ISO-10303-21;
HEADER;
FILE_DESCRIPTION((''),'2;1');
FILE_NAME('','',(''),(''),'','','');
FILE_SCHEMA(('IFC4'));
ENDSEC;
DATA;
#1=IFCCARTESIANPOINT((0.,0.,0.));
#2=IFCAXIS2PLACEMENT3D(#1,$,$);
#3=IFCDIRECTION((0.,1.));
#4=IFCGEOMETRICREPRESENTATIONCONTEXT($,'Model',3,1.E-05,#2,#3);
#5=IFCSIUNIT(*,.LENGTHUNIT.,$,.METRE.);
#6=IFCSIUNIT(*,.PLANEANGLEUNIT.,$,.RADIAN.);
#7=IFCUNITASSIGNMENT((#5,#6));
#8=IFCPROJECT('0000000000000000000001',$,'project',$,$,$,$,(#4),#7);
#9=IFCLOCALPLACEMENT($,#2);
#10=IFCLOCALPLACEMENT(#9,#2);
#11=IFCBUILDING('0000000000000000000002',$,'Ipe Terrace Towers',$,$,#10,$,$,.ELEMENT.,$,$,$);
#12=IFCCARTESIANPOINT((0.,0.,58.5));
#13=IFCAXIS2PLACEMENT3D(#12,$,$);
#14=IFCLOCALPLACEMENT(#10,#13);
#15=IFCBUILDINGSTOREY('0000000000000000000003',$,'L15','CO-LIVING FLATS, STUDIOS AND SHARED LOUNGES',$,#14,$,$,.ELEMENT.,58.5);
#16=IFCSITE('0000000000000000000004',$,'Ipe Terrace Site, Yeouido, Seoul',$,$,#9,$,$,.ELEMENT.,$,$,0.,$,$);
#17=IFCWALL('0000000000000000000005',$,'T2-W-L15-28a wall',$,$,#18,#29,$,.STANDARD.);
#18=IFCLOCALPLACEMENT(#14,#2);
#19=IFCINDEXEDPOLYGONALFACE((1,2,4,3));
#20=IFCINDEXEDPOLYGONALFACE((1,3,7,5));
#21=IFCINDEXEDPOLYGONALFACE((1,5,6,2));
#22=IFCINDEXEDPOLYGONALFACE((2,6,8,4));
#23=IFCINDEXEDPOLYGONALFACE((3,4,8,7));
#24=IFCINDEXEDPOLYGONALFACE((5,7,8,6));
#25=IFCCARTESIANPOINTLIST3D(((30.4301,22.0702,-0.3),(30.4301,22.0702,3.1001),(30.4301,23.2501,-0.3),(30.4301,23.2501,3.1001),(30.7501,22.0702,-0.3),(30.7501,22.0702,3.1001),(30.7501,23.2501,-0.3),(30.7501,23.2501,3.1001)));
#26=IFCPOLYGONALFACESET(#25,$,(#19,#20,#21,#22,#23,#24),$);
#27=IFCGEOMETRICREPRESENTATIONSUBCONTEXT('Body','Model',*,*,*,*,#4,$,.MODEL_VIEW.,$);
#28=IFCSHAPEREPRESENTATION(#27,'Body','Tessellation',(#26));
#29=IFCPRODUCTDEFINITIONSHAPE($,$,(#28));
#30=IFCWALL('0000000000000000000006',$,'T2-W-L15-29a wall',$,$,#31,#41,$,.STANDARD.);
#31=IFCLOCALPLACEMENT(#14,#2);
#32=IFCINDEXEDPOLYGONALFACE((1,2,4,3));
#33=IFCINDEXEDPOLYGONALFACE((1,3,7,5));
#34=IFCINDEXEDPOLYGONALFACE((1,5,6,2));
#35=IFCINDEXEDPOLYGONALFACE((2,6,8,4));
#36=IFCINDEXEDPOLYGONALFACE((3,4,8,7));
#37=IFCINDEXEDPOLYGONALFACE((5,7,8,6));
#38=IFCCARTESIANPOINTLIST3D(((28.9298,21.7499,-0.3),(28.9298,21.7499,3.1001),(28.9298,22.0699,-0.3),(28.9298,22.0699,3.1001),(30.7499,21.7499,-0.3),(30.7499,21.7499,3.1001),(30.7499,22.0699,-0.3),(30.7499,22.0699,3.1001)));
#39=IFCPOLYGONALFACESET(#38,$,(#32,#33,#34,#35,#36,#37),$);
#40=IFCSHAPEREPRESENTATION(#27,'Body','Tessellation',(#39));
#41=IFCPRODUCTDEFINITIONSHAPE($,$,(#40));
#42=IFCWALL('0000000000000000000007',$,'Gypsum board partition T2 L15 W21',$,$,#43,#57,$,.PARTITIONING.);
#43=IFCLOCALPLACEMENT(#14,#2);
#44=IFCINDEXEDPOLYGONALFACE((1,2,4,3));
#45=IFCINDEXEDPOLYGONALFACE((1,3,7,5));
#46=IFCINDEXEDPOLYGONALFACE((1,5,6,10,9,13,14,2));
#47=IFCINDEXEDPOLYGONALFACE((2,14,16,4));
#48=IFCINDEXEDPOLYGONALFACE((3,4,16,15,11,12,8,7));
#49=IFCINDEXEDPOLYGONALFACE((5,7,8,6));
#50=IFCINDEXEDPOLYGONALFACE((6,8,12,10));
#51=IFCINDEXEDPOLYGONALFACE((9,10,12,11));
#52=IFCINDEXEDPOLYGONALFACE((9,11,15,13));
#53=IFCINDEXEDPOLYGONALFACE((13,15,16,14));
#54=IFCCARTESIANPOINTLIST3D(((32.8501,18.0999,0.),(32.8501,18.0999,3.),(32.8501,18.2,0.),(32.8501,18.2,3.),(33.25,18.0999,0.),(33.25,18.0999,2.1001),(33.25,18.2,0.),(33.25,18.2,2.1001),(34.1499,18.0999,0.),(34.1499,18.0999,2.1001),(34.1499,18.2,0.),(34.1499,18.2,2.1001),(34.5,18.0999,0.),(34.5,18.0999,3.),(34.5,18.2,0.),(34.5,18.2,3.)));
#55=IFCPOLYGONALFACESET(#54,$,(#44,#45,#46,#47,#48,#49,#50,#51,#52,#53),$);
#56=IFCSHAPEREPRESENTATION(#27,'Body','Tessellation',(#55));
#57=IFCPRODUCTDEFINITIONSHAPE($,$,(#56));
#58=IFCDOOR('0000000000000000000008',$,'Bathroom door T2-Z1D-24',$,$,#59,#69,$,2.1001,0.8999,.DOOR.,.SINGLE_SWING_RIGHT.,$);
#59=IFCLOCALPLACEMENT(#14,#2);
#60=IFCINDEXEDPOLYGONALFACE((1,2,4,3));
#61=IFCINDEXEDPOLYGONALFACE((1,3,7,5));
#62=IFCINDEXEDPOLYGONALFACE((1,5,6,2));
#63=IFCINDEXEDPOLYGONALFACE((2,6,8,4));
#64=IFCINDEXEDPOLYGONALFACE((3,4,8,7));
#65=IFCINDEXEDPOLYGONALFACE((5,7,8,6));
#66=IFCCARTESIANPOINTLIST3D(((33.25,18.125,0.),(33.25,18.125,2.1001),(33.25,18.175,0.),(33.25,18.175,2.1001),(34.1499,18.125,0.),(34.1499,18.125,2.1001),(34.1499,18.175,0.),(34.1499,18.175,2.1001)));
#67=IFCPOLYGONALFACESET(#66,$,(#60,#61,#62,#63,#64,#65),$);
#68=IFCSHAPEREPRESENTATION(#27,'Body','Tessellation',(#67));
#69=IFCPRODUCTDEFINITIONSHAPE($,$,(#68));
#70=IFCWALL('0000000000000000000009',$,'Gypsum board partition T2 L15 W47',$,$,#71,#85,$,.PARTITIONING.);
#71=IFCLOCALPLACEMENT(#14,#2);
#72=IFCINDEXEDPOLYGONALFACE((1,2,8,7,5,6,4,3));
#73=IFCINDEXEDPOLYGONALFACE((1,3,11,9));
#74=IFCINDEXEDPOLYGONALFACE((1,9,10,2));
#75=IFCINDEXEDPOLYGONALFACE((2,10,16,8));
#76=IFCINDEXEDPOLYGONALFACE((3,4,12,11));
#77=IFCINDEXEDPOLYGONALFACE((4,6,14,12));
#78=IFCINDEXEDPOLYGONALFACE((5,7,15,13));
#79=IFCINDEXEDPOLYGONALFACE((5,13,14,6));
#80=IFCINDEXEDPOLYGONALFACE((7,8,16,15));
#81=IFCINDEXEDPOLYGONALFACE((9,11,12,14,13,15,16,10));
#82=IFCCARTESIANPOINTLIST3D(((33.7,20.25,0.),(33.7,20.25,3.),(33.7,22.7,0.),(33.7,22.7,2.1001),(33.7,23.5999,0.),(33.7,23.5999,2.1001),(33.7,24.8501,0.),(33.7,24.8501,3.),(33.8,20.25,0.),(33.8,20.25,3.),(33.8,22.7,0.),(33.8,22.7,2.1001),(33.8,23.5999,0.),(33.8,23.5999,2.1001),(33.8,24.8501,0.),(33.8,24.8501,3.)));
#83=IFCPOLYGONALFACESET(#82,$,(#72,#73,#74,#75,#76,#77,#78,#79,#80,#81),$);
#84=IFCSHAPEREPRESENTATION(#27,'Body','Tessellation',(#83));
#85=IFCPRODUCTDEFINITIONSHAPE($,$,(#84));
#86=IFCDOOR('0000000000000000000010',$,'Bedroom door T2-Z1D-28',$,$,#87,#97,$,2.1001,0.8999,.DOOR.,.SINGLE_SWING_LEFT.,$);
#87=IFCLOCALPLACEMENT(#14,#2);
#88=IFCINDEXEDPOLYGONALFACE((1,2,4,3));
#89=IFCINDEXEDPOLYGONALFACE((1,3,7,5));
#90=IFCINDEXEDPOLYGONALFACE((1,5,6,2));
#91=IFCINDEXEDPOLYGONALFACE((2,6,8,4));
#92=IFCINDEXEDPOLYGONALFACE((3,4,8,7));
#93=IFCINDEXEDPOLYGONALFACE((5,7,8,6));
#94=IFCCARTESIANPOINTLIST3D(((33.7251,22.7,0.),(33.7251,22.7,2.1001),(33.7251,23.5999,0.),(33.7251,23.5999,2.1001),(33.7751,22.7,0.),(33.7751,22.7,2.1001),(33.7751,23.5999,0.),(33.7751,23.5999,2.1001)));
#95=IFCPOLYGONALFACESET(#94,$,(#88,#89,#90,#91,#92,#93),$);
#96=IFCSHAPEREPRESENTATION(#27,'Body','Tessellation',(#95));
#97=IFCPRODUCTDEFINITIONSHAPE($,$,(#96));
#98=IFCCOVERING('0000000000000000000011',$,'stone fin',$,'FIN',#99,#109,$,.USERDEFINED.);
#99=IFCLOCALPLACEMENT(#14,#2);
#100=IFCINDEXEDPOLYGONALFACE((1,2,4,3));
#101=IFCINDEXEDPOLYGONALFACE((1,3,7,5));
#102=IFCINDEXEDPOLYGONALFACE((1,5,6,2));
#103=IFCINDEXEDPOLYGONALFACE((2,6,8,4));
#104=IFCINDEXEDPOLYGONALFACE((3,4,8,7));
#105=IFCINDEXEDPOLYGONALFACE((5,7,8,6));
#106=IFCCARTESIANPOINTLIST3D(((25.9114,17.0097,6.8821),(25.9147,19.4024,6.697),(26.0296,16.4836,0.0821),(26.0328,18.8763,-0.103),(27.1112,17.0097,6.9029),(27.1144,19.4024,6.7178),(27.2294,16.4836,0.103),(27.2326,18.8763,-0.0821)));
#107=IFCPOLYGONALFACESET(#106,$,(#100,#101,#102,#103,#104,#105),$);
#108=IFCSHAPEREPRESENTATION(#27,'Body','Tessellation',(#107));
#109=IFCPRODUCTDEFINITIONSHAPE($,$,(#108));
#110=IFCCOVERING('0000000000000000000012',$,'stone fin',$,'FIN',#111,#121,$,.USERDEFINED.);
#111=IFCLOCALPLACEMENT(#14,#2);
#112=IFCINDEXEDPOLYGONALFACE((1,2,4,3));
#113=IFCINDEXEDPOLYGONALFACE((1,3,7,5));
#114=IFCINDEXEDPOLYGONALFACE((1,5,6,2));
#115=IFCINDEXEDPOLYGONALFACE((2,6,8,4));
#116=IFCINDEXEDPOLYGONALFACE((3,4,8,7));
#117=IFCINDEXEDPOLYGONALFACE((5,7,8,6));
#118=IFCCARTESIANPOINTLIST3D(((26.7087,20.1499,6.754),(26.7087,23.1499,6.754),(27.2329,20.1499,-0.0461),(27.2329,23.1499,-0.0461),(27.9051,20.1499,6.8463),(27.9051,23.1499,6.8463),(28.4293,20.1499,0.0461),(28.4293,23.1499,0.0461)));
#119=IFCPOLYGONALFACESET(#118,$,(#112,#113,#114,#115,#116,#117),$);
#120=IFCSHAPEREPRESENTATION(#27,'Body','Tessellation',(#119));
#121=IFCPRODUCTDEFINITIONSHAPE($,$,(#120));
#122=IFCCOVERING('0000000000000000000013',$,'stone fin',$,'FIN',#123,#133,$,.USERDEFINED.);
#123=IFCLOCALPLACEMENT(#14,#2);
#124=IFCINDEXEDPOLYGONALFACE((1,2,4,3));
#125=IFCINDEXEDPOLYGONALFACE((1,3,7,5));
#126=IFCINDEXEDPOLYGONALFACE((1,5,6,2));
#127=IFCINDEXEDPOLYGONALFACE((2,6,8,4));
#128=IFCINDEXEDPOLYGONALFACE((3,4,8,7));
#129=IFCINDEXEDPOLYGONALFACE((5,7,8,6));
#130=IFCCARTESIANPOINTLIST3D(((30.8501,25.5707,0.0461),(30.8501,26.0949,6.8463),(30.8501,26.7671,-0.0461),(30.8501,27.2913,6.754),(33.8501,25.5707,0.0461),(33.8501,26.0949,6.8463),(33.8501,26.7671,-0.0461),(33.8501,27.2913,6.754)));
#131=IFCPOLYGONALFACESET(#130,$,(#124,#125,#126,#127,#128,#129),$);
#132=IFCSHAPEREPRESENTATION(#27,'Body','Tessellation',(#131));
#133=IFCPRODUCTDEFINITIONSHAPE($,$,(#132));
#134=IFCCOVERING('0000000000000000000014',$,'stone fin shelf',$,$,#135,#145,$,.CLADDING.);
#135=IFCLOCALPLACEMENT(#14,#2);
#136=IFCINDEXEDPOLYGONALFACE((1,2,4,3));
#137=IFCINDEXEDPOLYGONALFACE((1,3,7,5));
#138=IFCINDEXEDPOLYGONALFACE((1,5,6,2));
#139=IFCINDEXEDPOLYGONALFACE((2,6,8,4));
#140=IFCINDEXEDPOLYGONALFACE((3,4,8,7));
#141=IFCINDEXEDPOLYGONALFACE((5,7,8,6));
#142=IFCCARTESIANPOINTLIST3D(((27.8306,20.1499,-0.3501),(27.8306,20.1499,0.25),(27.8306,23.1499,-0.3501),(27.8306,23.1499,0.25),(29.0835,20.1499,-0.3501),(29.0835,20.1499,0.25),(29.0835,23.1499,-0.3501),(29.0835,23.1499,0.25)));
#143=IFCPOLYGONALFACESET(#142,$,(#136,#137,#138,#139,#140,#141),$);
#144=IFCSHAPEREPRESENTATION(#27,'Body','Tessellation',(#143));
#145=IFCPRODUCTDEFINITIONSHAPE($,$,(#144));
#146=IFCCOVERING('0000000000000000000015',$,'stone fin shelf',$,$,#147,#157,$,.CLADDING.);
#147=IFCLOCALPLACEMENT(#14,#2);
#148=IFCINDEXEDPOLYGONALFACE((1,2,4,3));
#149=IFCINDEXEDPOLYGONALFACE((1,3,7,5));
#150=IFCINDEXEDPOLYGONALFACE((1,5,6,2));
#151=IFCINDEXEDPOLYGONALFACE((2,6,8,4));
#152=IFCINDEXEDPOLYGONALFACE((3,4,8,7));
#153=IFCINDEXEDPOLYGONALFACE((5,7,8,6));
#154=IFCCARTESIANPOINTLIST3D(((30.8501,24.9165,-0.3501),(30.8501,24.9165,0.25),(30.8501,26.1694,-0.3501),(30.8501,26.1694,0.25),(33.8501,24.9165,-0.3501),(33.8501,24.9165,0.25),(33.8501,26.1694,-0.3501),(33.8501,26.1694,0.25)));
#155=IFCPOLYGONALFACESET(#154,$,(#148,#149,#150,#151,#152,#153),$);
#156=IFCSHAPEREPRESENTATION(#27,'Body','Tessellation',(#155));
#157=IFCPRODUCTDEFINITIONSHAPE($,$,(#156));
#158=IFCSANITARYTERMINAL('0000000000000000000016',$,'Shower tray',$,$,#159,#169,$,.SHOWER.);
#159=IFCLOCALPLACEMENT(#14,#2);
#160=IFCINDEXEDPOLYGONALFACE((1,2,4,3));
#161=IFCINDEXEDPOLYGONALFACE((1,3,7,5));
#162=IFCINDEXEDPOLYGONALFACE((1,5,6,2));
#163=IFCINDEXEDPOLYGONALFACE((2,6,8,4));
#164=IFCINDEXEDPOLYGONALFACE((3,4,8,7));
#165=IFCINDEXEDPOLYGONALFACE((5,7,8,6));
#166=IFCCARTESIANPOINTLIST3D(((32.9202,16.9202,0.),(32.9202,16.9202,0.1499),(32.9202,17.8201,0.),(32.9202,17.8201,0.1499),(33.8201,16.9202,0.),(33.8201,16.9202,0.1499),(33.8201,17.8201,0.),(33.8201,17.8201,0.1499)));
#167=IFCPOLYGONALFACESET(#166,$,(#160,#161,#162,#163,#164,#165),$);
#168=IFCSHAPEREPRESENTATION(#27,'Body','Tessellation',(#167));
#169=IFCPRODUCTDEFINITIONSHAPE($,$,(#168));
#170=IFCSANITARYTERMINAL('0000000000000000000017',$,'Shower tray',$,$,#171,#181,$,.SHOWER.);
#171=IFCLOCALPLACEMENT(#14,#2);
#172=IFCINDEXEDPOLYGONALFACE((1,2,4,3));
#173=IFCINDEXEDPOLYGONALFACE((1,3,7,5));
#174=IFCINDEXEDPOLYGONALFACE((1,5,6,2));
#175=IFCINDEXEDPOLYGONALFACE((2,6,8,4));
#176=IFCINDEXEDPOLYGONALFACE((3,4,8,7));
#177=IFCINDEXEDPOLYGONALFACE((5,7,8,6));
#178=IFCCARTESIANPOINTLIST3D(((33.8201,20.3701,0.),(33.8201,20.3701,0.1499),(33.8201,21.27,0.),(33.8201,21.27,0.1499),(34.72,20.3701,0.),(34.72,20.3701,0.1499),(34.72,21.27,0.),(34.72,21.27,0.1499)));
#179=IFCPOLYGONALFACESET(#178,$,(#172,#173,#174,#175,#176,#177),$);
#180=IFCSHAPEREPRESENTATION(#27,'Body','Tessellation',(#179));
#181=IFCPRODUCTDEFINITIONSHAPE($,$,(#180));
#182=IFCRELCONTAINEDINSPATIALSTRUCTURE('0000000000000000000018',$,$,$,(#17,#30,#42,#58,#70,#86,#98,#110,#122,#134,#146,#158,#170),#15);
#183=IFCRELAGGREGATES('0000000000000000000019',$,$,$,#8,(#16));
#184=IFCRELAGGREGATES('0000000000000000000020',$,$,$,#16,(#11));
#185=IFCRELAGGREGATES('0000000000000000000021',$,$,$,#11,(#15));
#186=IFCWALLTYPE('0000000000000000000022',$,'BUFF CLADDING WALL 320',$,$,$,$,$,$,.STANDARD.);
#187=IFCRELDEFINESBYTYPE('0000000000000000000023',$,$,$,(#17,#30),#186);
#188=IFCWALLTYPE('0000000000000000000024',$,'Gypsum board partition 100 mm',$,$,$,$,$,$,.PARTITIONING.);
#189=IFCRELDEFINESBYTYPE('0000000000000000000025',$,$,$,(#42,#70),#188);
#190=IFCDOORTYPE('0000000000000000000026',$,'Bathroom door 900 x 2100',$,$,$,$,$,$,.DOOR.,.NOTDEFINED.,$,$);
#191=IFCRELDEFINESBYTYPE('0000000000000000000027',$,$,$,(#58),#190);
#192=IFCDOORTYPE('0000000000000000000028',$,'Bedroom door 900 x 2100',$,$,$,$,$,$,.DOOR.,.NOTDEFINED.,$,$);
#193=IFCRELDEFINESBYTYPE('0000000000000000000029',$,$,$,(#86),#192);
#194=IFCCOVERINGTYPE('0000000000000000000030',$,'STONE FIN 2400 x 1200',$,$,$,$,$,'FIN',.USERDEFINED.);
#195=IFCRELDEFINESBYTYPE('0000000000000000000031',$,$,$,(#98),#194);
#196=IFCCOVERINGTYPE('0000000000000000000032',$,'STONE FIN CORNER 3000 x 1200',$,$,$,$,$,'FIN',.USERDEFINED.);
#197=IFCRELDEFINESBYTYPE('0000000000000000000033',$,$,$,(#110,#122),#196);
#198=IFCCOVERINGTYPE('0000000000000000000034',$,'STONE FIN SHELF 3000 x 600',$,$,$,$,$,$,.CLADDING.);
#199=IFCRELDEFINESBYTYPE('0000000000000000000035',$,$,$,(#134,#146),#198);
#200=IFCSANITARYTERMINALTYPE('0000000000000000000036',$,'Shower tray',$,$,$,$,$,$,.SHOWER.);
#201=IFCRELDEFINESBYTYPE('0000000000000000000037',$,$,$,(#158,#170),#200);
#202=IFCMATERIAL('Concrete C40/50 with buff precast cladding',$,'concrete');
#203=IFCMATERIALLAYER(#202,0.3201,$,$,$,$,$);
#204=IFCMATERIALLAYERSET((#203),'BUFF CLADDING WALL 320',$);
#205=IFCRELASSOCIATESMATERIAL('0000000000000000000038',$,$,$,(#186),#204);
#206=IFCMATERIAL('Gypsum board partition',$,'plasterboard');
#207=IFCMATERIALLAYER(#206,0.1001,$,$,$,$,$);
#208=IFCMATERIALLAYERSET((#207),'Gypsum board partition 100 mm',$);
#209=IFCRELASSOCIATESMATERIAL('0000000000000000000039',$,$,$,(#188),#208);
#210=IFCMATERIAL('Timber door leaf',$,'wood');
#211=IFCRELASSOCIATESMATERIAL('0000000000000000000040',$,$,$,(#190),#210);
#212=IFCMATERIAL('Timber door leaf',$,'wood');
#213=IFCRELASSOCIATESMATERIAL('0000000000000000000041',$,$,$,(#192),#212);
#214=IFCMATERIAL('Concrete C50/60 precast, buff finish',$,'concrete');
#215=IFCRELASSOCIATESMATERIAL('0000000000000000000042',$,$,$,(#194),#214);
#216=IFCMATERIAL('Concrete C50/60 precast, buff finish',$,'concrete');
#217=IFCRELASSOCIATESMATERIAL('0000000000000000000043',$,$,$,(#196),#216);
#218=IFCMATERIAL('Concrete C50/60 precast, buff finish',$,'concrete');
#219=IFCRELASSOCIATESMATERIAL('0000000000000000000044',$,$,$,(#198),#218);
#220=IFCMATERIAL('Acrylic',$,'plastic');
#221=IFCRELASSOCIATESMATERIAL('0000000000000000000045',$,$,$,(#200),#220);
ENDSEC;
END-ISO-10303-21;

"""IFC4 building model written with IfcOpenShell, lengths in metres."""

from ifc_helpers import new_model, si_unit, direction, frame, frame_2d, origin, origin_2d, place, context, subcontext, project, spatial, rectangle, extrude, material, layer, layer_set, material_profile, profile_set, type_object, element, fill, save


model = new_model("IFC4")

# Units and contexts
model_context = context("Model", 3, precision=1e-05, world=origin(), true_north=direction((0.0, 1.0)))
body_context = subcontext(model_context, "Body", "Model", "MODEL_VIEW")
ifc_project = project(units=[si_unit("LENGTHUNIT", "METRE"), si_unit("PLANEANGLEUNIT", "RADIAN")], contexts=[model_context])

# Site, building, storey
site_placement = place(None, origin())
site = spatial("IfcSite", under=ifc_project, at=site_placement, Name="Ipe Terrace Site, Yeouido, Seoul", CompositionType="ELEMENT", RefElevation=0.0)
building_placement = place(site_placement, origin())
building = spatial("IfcBuilding", under=site, at=building_placement, Name="Ipe Terrace Towers", CompositionType="ELEMENT")
storey_placement = place(building_placement, frame((0.0, 0.0, 58.5)))
storey = spatial("IfcBuildingStorey", under=building, at=storey_placement, Name="L15", Description="CO-LIVING FLATS, STUDIOS AND SHARED LOUNGES", CompositionType="ELEMENT", Elevation=58.5)

# Shared definitions
ifc_material_1 = material(Name="Concrete C40/50 with buff precast cladding", Category="concrete")
ifc_layer_1 = layer(ifc_material_1, 0.3201)
ifc_layer_set_1 = layer_set([ifc_layer_1], Name="BUFF CLADDING WALL 320")
wall_type_1 = type_object("IfcWallType", Name="BUFF CLADDING WALL 320", PredefinedType="STANDARD", material=ifc_layer_set_1)

# Walls
wall_1_placement = place(storey_placement, frame((30.5901, 23.25, -0.3), z_axis=(0.0, 0.0, 1.0), x_axis=(0.0, -1.0, 0.0)))
element("IfcWall", 1, at=wall_1_placement, inside=storey, type_object=wall_type_1, Name="T2-W-L15-28a wall", PredefinedType="STANDARD", context=body_context, shape_type="SweptSolid", body=[
    extrude(rectangle(XDim=1.1799, YDim=0.3201, at=frame_2d((0.5898, 0.0))), origin(), (0.0, 0.0, 1.0), 3.4001),
])
wall_2_placement = place(storey_placement, frame((30.75, 21.9099, -0.3), z_axis=(0.0, 0.0, 1.0), x_axis=(-1.0, 0.0, 0.0)))
element("IfcWall", 2, at=wall_2_placement, inside=storey, type_object=wall_type_1, Name="T2-W-L15-29a wall", PredefinedType="STANDARD", context=body_context, shape_type="SweptSolid", body=[
    extrude(rectangle(XDim=1.8201, YDim=0.3201, at=frame_2d((0.9102, 0.0))), origin(), (0.0, 0.0, 1.0), 3.4001),
])

# Walls, openings, doors
ifc_material_2 = material(Name="Gypsum board partition", Category="plasterboard")
ifc_layer_2 = layer(ifc_material_2, 0.1001)
ifc_layer_set_2 = layer_set([ifc_layer_2], Name="Gypsum board partition 100 mm")
wall_type_2 = type_object("IfcWallType", Name="Gypsum board partition 100 mm", PredefinedType="PARTITIONING", material=ifc_layer_set_2)
wall_3_placement = place(storey_placement, frame((34.5, 18.1499, 0.0), z_axis=(0.0, 0.0, 1.0), x_axis=(-1.0, 0.0, 0.0)))
wall_3 = element("IfcWall", 3, at=wall_3_placement, inside=storey, type_object=wall_type_2, Name="Gypsum board partition T2 L15 W21", PredefinedType="PARTITIONING", context=body_context, shape_type="SweptSolid", body=[
    extrude(rectangle(XDim=1.6499, YDim=0.1001, at=frame_2d((0.825, 0.0))), origin(), (0.0, 0.0, 1.0), 3.0),
])
opening_1_placement = place(wall_3_placement, frame((0.3501, 0.0, 0.0)))
opening_1 = element("IfcOpeningElement", 4, at=opening_1_placement, cuts=wall_3, PredefinedType="OPENING", context=body_context, shape_type="SweptSolid", body=[
    extrude(rectangle(XDim=0.8999, YDim=2.1001, at=frame_2d((0.45, 1.05))), frame((0.0, 0.0601, 0.0), z_axis=(0.0, -1.0, 0.0), x_axis=(1.0, 0.0, 0.0)), (0.0, 0.0, 1.0), 0.1201),
])
ifc_material_3 = material(Name="Timber door leaf", Category="wood")
door_type_1 = type_object("IfcDoorType", Name="Bathroom door 900 x 2100", OperationType="NOTDEFINED", PredefinedType="DOOR", material=ifc_material_3)
door_1_placement = place(opening_1_placement, origin())
door_1 = element("IfcDoor", 5, at=door_1_placement, inside=storey, type_object=door_type_1, Name="Bathroom door T2-Z1D-24", OperationType="SINGLE_SWING_RIGHT", OverallHeight=2.1001, OverallWidth=0.8999, PredefinedType="DOOR", context=body_context, shape_type="SweptSolid", body=[
    extrude(rectangle(XDim=0.8999, YDim=2.1001, at=frame_2d((0.45, 1.05))), frame((0.0, 0.0249, 0.0), z_axis=(0.0, -1.0, 0.0), x_axis=(1.0, 0.0, 0.0)), (0.0, 0.0, 1.0), 0.05),
])
fill(opening_1, door_1)
wall_4_placement = place(storey_placement, frame((33.75, 20.25, 0.0), z_axis=(0.0, 0.0, 1.0), x_axis=(0.0, 1.0, 0.0)))
wall_4 = element("IfcWall", 6, at=wall_4_placement, inside=storey, type_object=wall_type_2, Name="Gypsum board partition T2 L15 W47", PredefinedType="PARTITIONING", context=body_context, shape_type="SweptSolid", body=[
    extrude(rectangle(XDim=4.6001, YDim=0.1001, at=frame_2d((2.3, 0.0))), origin(), (0.0, 0.0, 1.0), 3.0),
])
opening_2_placement = place(wall_4_placement, frame((2.45, 0.0, 0.0)))
opening_2 = element("IfcOpeningElement", 7, at=opening_2_placement, cuts=wall_4, PredefinedType="OPENING", context=body_context, shape_type="SweptSolid", body=[
    extrude(rectangle(XDim=0.8999, YDim=2.1001, at=frame_2d((0.45, 1.05))), frame((0.0, 0.0601, 0.0), z_axis=(0.0, -1.0, 0.0), x_axis=(1.0, 0.0, 0.0)), (0.0, 0.0, 1.0), 0.1201),
])
ifc_material_4 = material(Name="Timber door leaf", Category="wood")
door_type_2 = type_object("IfcDoorType", Name="Bedroom door 900 x 2100", OperationType="NOTDEFINED", PredefinedType="DOOR", material=ifc_material_4)
door_2_placement = place(opening_2_placement, origin())
door_2 = element("IfcDoor", 8, at=door_2_placement, inside=storey, type_object=door_type_2, Name="Bedroom door T2-Z1D-28", OperationType="SINGLE_SWING_LEFT", OverallHeight=2.1001, OverallWidth=0.8999, PredefinedType="DOOR", context=body_context, shape_type="SweptSolid", body=[
    extrude(rectangle(XDim=0.8999, YDim=2.1001, at=frame_2d((0.45, 1.05))), frame((0.0, 0.0249, 0.0), z_axis=(0.0, -1.0, 0.0), x_axis=(1.0, 0.0, 0.0)), (0.0, 0.0, 1.0), 0.05),
])
fill(opening_2, door_2)

# Coverings
ifc_material_5 = material(Name="Concrete C50/60 precast, buff finish", Category="concrete")
ifc_material_profile_1 = material_profile(ifc_material_5, rectangle(XDim=2.3999, YDim=1.2, at=origin_2d()), Name="STONE FIN 2400 x 1200")
ifc_profile_set_1 = profile_set([ifc_material_profile_1], Name="Concrete C50/60 precast, buff finish")
covering_type_1 = type_object("IfcCoveringType", Name="STONE FIN 2400 x 1200", ElementType="FIN", PredefinedType="USERDEFINED", material=ifc_profile_set_1)
covering_placement = place(storey_placement, frame((26.6311, 17.6799, 0.0), z_axis=(-0.017323, 0.077128, 0.996871), x_axis=(-0.00134, -0.997021, 0.077117)))
element("IfcCovering", 9, at=covering_placement, inside=storey, type_object=covering_type_1, Name="stone fin", ObjectType="FIN", PredefinedType="USERDEFINED", context=body_context, shape_type="SweptSolid", body=[
    extrude(rectangle(XDim=2.3999, YDim=1.2, at=origin_2d()), origin(), (0.0, 0.0, 1.0), 6.8213),
])
ifc_material_6 = material(Name="Concrete C50/60 precast, buff finish", Category="concrete")
ifc_material_profile_2 = material_profile(ifc_material_6, rectangle(XDim=3.0, YDim=1.2, at=origin_2d()), Name="STONE FIN CORNER 3000 x 1200")
ifc_profile_set_2 = profile_set([ifc_material_profile_2], Name="Concrete C50/60 precast, buff finish")
covering_type_2 = type_object("IfcCoveringType", Name="STONE FIN CORNER 3000 x 1200", ElementType="FIN", PredefinedType="USERDEFINED", material=ifc_profile_set_2)
for number, where, z_axis, x_axis, name in (
    (10, (27.8311, 21.6499, 0.0), (-0.076855, 0.0, 0.997042), (0.0, -1.0, 0.0), "stone fin"),
    (11, (32.3501, 26.1689, 0.0), (0.0, 0.076855, 0.997042), (-1.0, 0.0, 0.0), "stone fin"),
):
    element("IfcCovering", number, at=place(storey_placement, frame(where, z_axis=z_axis, x_axis=x_axis)), inside=storey, type_object=covering_type_2, Name=name, ObjectType="FIN", PredefinedType="USERDEFINED", context=body_context, shape_type="SweptSolid", body=[
        extrude(rectangle(XDim=3.0, YDim=1.2, at=origin_2d()), origin(), (0.0, 0.0, 1.0), 6.8203),
    ])
ifc_material_7 = material(Name="Concrete C50/60 precast, buff finish", Category="concrete")
covering_type_3 = type_object("IfcCoveringType", Name="STONE FIN SHELF 3000 x 600", PredefinedType="CLADDING", material=ifc_material_7)
for number, where, z_axis, x_axis, name in (
    (12, (28.457, 21.6499, -0.3501), (0.0, 0.0, 1.0), (0.0, -1.0, 0.0), "stone fin shelf"),
    (13, (32.3501, 25.543, -0.3501), (0.0, 0.0, 1.0), (-1.0, 0.0, 0.0), "stone fin shelf"),
):
    element("IfcCovering", number, at=place(storey_placement, frame(where, z_axis=z_axis, x_axis=x_axis)), inside=storey, type_object=covering_type_3, Name=name, PredefinedType="CLADDING", context=body_context, shape_type="SweptSolid", body=[
        extrude(rectangle(XDim=3.0, YDim=1.2529, at=origin_2d()), origin(), (0.0, 0.0, 1.0), 0.6001),
    ])

# Sanitary terminals
ifc_material_8 = material(Name="Acrylic", Category="plastic")
sanitary_terminal_type_1 = type_object("IfcSanitaryTerminalType", Name="Shower tray", PredefinedType="SHOWER", material=ifc_material_8)
for number, where, z_axis, x_axis, name in (
    (14, (33.3701, 17.3701, 0.0), (0.0, 0.0, 1.0), (1.0, 0.0, 0.0), "Shower tray"),
    (15, (34.27, 20.8201, 0.0), (0.0, 0.0, 1.0), (1.0, 0.0, 0.0), "Shower tray"),
):
    element("IfcSanitaryTerminal", number, at=place(storey_placement, frame(where, z_axis=z_axis, x_axis=x_axis)), inside=storey, type_object=sanitary_terminal_type_1, Name=name, PredefinedType="SHOWER", context=body_context, shape_type="SweptSolid", body=[
        extrude(rectangle(XDim=0.8999, YDim=0.8999, at=origin_2d()), origin(), (0.0, 0.0, 1.0), 0.1499),
    ])

save(model, "model.ifc")
